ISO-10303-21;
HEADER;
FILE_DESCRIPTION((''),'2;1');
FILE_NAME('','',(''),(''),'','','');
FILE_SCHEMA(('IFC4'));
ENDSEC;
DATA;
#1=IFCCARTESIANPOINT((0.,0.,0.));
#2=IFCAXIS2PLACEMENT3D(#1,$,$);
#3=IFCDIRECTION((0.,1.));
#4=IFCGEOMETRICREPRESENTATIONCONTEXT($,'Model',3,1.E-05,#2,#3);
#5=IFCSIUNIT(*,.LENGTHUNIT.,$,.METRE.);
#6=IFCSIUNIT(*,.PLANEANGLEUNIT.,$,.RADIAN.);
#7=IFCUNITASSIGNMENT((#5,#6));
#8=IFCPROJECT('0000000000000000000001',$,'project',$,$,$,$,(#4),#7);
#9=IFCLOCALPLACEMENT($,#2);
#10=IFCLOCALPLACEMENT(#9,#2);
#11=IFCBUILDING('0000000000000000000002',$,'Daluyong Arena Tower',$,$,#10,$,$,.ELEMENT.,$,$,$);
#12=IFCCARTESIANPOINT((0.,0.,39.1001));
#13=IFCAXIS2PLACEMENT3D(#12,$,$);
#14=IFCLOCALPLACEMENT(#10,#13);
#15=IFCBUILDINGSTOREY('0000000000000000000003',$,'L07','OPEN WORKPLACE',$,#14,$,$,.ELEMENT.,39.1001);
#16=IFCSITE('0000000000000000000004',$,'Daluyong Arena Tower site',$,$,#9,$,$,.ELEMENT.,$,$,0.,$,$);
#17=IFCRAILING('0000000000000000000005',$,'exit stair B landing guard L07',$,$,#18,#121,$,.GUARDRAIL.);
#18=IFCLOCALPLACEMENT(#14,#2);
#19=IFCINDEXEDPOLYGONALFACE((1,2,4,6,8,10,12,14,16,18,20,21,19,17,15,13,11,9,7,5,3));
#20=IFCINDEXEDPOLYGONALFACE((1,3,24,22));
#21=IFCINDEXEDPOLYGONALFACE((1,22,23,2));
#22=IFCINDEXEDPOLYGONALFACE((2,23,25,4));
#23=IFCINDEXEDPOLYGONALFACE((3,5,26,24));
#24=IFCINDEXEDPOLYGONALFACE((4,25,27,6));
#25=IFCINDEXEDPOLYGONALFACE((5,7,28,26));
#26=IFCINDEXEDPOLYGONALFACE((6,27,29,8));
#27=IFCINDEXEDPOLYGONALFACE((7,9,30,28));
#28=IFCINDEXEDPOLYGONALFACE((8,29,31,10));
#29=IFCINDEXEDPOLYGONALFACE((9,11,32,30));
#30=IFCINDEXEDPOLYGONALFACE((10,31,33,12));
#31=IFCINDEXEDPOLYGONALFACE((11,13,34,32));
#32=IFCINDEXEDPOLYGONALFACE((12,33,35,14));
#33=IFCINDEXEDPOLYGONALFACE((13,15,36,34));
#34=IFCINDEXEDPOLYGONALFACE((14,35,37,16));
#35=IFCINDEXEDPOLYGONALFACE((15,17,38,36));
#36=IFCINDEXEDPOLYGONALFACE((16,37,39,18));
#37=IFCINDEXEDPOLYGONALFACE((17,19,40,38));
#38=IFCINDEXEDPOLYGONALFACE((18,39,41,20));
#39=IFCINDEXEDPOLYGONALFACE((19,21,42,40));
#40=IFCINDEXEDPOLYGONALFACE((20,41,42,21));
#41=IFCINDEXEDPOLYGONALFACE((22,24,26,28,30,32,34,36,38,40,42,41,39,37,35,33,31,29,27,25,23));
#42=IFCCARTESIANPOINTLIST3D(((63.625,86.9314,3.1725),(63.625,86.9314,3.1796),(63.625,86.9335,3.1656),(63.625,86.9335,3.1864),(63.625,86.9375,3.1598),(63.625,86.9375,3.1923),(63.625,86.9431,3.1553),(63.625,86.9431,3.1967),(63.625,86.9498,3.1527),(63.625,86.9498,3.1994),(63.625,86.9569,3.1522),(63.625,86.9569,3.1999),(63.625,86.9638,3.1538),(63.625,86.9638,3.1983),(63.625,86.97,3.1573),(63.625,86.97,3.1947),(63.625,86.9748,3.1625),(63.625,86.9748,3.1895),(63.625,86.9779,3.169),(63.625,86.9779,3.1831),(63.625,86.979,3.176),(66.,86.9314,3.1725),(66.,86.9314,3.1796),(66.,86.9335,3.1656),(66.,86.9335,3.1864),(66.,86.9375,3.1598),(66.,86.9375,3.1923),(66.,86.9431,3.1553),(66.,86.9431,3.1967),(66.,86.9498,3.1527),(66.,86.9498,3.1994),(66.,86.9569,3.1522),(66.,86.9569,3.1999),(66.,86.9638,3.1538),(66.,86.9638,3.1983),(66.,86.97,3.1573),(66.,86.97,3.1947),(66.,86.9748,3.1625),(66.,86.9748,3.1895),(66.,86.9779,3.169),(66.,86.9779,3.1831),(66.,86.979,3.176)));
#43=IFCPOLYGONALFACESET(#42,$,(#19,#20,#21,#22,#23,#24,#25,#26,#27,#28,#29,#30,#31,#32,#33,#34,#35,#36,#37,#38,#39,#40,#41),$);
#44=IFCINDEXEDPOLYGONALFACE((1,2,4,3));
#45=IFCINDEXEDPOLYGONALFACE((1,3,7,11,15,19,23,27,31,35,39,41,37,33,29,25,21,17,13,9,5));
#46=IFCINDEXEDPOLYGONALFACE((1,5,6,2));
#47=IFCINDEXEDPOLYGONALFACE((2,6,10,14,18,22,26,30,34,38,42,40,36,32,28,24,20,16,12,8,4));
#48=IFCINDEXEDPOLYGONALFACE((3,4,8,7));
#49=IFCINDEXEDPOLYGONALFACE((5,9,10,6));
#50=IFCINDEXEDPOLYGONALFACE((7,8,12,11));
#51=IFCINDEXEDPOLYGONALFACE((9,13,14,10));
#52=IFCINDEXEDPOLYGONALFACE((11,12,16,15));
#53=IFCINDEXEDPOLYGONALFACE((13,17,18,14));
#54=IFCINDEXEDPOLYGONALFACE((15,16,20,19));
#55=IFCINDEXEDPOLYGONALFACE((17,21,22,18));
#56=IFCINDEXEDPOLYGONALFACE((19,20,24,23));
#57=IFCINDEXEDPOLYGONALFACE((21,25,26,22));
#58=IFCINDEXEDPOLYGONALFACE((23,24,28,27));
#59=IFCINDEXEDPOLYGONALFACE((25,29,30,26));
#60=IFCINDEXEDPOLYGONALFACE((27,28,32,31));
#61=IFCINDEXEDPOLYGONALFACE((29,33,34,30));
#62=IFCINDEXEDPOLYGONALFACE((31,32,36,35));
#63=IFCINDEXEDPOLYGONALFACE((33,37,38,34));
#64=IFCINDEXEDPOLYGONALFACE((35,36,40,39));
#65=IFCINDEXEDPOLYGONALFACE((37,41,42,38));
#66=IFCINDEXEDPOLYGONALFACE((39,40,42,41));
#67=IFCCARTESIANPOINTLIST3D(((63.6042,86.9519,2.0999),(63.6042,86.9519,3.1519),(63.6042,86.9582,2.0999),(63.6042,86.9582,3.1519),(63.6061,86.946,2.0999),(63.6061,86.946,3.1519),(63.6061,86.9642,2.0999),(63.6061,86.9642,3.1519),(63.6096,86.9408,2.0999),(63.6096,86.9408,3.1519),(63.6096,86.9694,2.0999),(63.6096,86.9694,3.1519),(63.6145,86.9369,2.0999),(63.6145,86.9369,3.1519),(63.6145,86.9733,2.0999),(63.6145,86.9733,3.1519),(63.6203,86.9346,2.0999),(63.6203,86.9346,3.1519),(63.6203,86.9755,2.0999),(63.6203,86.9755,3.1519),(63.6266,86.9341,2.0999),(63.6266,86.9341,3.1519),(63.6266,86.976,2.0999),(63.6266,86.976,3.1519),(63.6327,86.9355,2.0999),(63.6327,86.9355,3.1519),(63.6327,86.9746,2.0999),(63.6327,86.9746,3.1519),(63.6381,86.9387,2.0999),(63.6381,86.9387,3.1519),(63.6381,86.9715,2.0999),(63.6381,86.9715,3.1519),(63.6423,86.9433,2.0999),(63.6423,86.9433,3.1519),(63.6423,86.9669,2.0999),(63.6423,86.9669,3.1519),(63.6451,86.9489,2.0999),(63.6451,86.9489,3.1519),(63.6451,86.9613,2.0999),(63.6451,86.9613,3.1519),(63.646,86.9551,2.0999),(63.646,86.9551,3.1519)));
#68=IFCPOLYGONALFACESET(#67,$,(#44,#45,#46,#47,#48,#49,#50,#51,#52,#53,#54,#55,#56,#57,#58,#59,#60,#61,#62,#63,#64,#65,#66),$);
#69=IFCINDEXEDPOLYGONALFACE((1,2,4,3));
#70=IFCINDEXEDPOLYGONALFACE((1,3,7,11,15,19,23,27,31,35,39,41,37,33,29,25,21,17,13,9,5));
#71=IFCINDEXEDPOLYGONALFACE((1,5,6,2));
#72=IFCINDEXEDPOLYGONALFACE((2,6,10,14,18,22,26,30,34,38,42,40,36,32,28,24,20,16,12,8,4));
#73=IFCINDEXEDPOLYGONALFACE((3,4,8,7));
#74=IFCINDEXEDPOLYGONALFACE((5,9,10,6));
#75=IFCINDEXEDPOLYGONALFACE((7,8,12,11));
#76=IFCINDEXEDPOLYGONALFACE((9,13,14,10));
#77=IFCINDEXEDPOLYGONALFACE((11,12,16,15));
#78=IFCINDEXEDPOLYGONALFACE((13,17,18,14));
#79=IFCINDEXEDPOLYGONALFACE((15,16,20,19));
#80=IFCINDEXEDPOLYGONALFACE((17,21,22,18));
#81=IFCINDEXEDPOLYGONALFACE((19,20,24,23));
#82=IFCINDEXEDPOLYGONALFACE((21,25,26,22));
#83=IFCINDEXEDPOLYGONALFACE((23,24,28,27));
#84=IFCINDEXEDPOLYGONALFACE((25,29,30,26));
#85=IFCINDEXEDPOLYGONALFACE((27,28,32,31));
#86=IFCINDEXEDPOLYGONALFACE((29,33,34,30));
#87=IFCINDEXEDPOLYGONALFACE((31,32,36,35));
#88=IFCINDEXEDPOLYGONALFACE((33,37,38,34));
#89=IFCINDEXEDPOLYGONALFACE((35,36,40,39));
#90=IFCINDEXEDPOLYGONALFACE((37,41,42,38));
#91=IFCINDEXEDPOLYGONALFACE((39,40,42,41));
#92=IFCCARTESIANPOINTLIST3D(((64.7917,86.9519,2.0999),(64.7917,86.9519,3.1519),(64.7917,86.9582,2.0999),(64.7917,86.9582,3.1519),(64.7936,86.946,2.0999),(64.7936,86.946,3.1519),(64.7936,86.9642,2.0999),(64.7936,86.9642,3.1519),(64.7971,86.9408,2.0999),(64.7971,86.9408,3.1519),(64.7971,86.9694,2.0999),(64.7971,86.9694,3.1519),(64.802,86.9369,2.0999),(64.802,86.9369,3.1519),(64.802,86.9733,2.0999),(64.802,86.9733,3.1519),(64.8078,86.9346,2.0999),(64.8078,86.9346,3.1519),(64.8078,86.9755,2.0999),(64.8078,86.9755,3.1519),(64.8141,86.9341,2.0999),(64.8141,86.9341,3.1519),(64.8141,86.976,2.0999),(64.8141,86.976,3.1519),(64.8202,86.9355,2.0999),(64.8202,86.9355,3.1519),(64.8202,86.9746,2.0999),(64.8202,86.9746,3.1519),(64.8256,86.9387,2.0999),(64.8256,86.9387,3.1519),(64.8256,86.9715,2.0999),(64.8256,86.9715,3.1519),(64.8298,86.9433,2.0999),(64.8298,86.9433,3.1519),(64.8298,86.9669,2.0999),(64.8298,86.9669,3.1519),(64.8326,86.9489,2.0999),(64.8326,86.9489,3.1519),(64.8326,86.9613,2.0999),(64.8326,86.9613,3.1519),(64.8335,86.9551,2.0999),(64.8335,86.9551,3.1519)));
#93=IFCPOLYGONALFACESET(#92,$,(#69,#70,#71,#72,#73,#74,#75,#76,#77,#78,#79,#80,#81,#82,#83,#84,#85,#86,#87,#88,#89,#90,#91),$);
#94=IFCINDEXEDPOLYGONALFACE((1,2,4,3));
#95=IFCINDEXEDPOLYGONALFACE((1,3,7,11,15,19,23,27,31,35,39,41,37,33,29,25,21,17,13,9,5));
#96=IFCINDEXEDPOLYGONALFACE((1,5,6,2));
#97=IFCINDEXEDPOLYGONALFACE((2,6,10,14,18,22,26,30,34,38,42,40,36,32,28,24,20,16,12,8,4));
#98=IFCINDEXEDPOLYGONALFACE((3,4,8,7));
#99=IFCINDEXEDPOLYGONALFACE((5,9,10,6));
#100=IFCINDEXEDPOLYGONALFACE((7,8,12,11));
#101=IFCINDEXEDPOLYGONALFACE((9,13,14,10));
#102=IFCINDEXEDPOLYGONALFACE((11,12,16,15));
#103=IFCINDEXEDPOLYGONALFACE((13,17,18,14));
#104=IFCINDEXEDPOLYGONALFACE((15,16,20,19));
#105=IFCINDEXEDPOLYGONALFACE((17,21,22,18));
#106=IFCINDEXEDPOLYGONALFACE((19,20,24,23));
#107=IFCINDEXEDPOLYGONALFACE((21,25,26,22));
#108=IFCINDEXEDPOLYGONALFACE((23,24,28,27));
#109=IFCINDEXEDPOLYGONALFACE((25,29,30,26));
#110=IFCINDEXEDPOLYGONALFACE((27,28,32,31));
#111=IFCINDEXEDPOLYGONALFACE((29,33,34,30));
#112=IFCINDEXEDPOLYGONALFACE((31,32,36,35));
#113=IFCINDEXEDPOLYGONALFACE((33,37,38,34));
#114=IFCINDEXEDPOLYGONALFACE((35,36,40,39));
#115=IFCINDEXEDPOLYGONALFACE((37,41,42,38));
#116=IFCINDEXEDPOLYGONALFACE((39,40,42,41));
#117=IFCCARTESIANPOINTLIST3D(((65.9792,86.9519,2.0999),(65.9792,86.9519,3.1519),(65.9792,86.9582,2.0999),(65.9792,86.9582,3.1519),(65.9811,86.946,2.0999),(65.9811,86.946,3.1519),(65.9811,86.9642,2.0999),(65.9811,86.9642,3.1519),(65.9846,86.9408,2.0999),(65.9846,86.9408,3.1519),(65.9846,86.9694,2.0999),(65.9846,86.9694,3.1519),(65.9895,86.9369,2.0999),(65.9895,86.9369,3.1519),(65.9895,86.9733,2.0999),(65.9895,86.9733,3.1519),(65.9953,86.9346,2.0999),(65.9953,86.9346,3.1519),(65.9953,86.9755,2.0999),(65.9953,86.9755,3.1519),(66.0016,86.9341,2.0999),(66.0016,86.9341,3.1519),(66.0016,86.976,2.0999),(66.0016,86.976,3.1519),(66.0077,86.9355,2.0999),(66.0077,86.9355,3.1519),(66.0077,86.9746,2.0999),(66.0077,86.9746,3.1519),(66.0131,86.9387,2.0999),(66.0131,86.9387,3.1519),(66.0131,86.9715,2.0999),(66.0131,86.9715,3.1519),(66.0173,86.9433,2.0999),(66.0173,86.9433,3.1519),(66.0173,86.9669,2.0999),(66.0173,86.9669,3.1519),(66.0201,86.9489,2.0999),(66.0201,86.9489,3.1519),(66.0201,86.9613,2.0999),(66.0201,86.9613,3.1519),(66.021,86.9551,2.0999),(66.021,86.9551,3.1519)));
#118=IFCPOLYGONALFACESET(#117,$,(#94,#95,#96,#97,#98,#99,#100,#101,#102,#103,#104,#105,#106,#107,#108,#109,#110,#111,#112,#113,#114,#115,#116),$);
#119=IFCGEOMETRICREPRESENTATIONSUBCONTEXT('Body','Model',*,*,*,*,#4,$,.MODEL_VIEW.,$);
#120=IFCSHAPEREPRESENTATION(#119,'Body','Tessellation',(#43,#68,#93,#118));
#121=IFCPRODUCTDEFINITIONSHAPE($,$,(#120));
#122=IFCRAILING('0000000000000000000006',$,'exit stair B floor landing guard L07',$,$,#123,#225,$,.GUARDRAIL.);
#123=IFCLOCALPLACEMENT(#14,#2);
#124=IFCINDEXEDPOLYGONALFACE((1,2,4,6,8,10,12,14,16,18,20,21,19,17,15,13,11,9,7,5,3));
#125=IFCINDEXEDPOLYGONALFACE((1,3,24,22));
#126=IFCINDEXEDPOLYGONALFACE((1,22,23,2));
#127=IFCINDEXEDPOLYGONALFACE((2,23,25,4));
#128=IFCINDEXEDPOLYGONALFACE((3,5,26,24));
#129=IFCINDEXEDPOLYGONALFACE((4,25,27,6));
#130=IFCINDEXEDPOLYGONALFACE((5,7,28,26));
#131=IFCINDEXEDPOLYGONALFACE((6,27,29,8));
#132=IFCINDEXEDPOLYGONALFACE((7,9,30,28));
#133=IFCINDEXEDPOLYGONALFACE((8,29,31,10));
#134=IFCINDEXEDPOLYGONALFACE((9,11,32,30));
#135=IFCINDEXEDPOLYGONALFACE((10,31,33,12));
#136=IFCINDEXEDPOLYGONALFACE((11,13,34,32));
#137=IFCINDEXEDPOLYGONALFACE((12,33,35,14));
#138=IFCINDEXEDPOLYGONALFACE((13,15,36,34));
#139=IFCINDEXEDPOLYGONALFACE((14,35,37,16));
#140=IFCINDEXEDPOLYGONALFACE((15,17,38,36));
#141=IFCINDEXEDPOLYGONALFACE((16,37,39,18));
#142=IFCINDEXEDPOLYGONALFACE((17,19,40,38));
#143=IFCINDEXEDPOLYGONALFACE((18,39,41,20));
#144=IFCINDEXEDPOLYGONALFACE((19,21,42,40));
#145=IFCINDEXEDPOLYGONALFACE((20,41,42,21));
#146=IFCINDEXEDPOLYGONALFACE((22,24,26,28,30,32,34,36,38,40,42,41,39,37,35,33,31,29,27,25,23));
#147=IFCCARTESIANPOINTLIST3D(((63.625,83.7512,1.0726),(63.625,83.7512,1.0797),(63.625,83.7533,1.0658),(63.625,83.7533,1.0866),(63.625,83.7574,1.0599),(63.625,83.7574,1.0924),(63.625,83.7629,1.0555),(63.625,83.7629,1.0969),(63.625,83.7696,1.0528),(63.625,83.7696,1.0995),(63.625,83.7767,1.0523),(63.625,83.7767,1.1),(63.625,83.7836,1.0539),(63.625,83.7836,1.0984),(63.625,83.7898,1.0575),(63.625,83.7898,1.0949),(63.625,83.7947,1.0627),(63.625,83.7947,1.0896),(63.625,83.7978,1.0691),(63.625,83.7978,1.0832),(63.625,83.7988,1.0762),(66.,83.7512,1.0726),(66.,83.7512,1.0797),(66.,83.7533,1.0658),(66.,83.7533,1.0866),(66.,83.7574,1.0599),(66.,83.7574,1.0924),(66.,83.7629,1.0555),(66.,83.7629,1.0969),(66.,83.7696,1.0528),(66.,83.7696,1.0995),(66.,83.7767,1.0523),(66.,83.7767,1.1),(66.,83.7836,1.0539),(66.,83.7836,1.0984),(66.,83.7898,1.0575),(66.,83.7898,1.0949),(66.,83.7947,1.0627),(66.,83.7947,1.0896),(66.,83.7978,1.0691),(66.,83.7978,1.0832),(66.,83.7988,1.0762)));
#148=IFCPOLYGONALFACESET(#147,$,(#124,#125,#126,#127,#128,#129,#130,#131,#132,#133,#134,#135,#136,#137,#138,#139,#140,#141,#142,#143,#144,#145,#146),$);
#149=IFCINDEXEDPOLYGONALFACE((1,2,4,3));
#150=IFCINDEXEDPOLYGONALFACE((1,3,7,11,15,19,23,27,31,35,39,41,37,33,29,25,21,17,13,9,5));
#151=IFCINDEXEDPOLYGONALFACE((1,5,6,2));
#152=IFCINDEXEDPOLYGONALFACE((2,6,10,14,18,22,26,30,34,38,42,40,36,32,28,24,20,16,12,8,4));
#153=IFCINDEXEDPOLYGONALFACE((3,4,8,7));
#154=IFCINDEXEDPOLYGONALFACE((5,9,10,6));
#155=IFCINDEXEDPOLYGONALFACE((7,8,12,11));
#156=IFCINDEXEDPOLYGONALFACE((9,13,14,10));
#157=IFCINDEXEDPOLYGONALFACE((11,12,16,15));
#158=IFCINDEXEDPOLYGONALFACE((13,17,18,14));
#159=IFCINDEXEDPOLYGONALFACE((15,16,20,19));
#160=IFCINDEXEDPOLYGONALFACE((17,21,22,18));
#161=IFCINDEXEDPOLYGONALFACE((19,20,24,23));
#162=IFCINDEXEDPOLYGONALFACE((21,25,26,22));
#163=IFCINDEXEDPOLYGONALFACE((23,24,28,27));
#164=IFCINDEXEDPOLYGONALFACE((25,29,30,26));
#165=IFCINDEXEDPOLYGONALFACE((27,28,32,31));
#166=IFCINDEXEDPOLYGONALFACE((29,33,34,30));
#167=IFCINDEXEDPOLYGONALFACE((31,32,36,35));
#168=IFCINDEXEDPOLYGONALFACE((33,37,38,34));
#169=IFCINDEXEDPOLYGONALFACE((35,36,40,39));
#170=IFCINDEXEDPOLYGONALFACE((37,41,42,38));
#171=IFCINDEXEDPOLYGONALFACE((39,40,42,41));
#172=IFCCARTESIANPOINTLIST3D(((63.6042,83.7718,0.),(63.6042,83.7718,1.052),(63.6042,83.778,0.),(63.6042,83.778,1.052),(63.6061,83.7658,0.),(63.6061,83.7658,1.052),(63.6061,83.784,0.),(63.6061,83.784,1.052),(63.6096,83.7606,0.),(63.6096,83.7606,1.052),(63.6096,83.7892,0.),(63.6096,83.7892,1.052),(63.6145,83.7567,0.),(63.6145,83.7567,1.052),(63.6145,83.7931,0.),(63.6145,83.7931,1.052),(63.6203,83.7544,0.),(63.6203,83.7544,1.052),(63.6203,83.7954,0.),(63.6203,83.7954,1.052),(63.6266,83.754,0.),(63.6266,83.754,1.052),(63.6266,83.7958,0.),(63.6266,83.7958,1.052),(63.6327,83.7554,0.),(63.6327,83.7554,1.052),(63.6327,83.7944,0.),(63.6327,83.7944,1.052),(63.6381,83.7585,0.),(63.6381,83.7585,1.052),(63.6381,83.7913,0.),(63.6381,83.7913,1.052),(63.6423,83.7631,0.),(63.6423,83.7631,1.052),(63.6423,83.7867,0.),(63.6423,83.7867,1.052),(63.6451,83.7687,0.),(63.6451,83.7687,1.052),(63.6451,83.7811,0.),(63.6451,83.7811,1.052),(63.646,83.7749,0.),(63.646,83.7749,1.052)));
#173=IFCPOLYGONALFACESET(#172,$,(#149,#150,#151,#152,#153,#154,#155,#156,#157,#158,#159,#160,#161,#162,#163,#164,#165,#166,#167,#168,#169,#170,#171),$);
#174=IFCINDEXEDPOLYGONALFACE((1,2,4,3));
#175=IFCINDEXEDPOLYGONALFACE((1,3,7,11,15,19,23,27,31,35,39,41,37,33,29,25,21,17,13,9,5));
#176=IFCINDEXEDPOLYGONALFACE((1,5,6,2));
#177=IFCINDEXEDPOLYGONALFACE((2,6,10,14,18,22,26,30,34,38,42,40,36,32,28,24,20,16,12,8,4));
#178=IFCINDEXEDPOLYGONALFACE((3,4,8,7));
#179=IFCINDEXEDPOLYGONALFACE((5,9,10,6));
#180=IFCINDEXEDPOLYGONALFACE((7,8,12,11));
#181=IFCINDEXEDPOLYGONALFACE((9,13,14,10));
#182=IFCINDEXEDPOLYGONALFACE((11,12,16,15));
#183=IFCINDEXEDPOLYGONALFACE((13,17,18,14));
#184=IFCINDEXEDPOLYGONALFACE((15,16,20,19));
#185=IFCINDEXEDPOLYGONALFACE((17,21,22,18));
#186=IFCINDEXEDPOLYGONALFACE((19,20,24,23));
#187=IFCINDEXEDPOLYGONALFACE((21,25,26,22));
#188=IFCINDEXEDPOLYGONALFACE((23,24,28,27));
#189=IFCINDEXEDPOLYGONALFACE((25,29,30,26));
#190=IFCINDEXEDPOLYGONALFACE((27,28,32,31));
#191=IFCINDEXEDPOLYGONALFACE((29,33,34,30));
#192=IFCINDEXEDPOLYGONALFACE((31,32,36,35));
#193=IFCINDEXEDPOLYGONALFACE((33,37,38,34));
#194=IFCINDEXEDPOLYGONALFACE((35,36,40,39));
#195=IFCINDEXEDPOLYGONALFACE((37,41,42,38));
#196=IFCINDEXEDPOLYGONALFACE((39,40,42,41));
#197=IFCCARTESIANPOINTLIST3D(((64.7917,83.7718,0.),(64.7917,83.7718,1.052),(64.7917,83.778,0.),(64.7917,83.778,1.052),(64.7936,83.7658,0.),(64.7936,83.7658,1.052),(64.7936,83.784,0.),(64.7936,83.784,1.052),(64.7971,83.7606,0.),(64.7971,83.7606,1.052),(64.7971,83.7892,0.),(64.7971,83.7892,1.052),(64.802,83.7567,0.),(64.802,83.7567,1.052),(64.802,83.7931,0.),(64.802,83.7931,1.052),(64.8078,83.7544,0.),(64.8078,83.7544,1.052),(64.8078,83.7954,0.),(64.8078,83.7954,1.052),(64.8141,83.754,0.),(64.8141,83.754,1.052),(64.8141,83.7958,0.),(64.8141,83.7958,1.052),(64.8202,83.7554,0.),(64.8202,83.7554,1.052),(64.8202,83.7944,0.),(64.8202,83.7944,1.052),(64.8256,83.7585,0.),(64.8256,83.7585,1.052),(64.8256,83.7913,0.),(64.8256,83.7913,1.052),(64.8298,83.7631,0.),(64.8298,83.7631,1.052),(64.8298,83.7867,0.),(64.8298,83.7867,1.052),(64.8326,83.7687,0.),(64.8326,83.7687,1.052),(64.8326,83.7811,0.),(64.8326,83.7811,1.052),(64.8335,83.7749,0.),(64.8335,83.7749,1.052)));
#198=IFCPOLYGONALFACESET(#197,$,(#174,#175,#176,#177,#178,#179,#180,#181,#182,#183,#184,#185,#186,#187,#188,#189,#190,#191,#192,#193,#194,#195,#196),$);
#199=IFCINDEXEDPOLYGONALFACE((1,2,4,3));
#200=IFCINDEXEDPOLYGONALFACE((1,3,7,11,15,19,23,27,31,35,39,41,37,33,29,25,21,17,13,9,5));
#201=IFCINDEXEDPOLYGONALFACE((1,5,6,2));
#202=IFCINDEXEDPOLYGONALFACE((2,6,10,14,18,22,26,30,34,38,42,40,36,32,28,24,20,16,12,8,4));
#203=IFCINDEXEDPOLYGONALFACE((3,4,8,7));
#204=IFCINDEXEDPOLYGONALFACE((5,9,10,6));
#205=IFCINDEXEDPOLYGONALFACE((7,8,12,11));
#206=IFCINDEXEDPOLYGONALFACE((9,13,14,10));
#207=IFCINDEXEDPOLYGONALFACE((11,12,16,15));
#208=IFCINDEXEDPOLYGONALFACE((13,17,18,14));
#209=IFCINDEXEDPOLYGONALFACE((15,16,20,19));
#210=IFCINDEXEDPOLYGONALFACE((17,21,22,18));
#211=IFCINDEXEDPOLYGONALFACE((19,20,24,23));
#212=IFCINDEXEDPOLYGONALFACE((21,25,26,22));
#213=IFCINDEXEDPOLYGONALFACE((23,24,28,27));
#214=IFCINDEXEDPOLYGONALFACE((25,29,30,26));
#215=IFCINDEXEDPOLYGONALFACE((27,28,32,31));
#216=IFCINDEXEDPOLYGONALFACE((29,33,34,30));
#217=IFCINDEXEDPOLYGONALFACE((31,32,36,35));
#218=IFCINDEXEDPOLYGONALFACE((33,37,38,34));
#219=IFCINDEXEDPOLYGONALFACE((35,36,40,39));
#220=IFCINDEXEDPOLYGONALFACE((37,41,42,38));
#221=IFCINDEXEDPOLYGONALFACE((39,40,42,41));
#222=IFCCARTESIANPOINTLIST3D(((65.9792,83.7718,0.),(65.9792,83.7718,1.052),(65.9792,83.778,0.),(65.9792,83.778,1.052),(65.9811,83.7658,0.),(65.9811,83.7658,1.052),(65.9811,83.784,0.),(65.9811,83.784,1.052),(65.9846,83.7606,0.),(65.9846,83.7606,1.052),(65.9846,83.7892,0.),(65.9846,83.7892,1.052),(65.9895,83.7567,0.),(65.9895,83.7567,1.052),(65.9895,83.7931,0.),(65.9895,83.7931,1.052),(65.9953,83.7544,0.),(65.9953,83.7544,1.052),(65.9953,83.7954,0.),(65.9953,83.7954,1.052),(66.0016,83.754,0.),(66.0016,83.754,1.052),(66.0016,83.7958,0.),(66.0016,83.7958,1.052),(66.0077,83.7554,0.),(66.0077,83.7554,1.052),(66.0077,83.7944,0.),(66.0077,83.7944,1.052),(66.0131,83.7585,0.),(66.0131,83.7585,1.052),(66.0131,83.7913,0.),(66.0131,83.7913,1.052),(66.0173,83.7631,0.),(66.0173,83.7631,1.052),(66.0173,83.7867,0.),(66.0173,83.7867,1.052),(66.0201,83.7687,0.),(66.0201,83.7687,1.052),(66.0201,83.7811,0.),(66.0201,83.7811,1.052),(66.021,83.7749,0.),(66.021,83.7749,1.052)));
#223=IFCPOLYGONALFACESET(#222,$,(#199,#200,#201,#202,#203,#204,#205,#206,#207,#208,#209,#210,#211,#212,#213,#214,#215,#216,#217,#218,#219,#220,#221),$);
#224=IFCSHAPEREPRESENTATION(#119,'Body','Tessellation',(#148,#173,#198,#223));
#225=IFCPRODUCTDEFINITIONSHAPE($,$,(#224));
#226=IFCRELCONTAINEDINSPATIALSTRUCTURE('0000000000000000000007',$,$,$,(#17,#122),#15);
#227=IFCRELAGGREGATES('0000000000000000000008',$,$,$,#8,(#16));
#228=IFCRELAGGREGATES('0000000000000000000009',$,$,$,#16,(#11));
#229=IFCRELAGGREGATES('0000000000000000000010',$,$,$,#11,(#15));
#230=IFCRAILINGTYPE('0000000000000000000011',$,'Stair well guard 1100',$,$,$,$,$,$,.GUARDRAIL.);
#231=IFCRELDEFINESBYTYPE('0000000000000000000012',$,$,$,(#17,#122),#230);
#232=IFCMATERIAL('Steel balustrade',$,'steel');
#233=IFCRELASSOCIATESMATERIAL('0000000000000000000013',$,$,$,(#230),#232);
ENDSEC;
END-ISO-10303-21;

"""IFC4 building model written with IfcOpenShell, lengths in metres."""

from ifc_helpers import new_model, si_unit, direction, frame, origin, origin_2d, place, context, subcontext, project, spatial, circle, extrude, material, type_object, element, save


model = new_model("IFC4")

# Units and contexts
model_context = context("Model", 3, precision=1e-05, world=origin(), true_north=direction((0.0, 1.0)))
body_context = subcontext(model_context, "Body", "Model", "MODEL_VIEW")
ifc_project = project(units=[si_unit("LENGTHUNIT", "METRE"), si_unit("PLANEANGLEUNIT", "RADIAN")], contexts=[model_context])

# Site, building, storey
site_placement = place(None, origin())
site = spatial("IfcSite", under=ifc_project, at=site_placement, Name="Daluyong Arena Tower site", CompositionType="ELEMENT", RefElevation=0.0)
building_placement = place(site_placement, origin())
building = spatial("IfcBuilding", under=site, at=building_placement, Name="Daluyong Arena Tower", CompositionType="ELEMENT")
storey_placement = place(building_placement, frame((0.0, 0.0, 39.1001)))
storey = spatial("IfcBuildingStorey", under=building, at=storey_placement, Name="L07", Description="OPEN WORKPLACE", CompositionType="ELEMENT", Elevation=39.1001)

# Railings
ifc_material_1 = material(Name="Steel balustrade", Category="steel")
railing_type_1 = type_object("IfcRailingType", Name="Stair well guard 1100", PredefinedType="GUARDRAIL", material=ifc_material_1)
for number, where, name in (
    (1, (63.625, 86.9551, 2.0999), "exit stair B landing guard L07"),
    (2, (63.625, 83.7749, 0.0), "exit stair B floor landing guard L07"),
):
    element("IfcRailing", number, at=place(storey_placement, frame(where)), inside=storey, type_object=railing_type_1, Name=name, PredefinedType="GUARDRAIL", context=body_context, shape_type="SweptSolid", body=[
        extrude(circle(Radius=0.0239, at=origin_2d()), frame((0.0, 0.0, 1.0762), z_axis=(1.0, 0.0, 0.0), x_axis=(0.0, 1.0, 0.0)), (0.0, 0.0, 1.0), 2.375),
        extrude(circle(Radius=0.021, at=origin_2d()), origin(), (0.0, 0.0, 1.0), 1.052),
        extrude(circle(Radius=0.021, at=origin_2d()), frame((1.1875, 0.0, 0.0)), (0.0, 0.0, 1.0), 1.052),
        extrude(circle(Radius=0.021, at=origin_2d()), frame((2.375, 0.0, 0.0)), (0.0, 0.0, 1.0), 1.052),
    ])

save(model, "model.ifc")
